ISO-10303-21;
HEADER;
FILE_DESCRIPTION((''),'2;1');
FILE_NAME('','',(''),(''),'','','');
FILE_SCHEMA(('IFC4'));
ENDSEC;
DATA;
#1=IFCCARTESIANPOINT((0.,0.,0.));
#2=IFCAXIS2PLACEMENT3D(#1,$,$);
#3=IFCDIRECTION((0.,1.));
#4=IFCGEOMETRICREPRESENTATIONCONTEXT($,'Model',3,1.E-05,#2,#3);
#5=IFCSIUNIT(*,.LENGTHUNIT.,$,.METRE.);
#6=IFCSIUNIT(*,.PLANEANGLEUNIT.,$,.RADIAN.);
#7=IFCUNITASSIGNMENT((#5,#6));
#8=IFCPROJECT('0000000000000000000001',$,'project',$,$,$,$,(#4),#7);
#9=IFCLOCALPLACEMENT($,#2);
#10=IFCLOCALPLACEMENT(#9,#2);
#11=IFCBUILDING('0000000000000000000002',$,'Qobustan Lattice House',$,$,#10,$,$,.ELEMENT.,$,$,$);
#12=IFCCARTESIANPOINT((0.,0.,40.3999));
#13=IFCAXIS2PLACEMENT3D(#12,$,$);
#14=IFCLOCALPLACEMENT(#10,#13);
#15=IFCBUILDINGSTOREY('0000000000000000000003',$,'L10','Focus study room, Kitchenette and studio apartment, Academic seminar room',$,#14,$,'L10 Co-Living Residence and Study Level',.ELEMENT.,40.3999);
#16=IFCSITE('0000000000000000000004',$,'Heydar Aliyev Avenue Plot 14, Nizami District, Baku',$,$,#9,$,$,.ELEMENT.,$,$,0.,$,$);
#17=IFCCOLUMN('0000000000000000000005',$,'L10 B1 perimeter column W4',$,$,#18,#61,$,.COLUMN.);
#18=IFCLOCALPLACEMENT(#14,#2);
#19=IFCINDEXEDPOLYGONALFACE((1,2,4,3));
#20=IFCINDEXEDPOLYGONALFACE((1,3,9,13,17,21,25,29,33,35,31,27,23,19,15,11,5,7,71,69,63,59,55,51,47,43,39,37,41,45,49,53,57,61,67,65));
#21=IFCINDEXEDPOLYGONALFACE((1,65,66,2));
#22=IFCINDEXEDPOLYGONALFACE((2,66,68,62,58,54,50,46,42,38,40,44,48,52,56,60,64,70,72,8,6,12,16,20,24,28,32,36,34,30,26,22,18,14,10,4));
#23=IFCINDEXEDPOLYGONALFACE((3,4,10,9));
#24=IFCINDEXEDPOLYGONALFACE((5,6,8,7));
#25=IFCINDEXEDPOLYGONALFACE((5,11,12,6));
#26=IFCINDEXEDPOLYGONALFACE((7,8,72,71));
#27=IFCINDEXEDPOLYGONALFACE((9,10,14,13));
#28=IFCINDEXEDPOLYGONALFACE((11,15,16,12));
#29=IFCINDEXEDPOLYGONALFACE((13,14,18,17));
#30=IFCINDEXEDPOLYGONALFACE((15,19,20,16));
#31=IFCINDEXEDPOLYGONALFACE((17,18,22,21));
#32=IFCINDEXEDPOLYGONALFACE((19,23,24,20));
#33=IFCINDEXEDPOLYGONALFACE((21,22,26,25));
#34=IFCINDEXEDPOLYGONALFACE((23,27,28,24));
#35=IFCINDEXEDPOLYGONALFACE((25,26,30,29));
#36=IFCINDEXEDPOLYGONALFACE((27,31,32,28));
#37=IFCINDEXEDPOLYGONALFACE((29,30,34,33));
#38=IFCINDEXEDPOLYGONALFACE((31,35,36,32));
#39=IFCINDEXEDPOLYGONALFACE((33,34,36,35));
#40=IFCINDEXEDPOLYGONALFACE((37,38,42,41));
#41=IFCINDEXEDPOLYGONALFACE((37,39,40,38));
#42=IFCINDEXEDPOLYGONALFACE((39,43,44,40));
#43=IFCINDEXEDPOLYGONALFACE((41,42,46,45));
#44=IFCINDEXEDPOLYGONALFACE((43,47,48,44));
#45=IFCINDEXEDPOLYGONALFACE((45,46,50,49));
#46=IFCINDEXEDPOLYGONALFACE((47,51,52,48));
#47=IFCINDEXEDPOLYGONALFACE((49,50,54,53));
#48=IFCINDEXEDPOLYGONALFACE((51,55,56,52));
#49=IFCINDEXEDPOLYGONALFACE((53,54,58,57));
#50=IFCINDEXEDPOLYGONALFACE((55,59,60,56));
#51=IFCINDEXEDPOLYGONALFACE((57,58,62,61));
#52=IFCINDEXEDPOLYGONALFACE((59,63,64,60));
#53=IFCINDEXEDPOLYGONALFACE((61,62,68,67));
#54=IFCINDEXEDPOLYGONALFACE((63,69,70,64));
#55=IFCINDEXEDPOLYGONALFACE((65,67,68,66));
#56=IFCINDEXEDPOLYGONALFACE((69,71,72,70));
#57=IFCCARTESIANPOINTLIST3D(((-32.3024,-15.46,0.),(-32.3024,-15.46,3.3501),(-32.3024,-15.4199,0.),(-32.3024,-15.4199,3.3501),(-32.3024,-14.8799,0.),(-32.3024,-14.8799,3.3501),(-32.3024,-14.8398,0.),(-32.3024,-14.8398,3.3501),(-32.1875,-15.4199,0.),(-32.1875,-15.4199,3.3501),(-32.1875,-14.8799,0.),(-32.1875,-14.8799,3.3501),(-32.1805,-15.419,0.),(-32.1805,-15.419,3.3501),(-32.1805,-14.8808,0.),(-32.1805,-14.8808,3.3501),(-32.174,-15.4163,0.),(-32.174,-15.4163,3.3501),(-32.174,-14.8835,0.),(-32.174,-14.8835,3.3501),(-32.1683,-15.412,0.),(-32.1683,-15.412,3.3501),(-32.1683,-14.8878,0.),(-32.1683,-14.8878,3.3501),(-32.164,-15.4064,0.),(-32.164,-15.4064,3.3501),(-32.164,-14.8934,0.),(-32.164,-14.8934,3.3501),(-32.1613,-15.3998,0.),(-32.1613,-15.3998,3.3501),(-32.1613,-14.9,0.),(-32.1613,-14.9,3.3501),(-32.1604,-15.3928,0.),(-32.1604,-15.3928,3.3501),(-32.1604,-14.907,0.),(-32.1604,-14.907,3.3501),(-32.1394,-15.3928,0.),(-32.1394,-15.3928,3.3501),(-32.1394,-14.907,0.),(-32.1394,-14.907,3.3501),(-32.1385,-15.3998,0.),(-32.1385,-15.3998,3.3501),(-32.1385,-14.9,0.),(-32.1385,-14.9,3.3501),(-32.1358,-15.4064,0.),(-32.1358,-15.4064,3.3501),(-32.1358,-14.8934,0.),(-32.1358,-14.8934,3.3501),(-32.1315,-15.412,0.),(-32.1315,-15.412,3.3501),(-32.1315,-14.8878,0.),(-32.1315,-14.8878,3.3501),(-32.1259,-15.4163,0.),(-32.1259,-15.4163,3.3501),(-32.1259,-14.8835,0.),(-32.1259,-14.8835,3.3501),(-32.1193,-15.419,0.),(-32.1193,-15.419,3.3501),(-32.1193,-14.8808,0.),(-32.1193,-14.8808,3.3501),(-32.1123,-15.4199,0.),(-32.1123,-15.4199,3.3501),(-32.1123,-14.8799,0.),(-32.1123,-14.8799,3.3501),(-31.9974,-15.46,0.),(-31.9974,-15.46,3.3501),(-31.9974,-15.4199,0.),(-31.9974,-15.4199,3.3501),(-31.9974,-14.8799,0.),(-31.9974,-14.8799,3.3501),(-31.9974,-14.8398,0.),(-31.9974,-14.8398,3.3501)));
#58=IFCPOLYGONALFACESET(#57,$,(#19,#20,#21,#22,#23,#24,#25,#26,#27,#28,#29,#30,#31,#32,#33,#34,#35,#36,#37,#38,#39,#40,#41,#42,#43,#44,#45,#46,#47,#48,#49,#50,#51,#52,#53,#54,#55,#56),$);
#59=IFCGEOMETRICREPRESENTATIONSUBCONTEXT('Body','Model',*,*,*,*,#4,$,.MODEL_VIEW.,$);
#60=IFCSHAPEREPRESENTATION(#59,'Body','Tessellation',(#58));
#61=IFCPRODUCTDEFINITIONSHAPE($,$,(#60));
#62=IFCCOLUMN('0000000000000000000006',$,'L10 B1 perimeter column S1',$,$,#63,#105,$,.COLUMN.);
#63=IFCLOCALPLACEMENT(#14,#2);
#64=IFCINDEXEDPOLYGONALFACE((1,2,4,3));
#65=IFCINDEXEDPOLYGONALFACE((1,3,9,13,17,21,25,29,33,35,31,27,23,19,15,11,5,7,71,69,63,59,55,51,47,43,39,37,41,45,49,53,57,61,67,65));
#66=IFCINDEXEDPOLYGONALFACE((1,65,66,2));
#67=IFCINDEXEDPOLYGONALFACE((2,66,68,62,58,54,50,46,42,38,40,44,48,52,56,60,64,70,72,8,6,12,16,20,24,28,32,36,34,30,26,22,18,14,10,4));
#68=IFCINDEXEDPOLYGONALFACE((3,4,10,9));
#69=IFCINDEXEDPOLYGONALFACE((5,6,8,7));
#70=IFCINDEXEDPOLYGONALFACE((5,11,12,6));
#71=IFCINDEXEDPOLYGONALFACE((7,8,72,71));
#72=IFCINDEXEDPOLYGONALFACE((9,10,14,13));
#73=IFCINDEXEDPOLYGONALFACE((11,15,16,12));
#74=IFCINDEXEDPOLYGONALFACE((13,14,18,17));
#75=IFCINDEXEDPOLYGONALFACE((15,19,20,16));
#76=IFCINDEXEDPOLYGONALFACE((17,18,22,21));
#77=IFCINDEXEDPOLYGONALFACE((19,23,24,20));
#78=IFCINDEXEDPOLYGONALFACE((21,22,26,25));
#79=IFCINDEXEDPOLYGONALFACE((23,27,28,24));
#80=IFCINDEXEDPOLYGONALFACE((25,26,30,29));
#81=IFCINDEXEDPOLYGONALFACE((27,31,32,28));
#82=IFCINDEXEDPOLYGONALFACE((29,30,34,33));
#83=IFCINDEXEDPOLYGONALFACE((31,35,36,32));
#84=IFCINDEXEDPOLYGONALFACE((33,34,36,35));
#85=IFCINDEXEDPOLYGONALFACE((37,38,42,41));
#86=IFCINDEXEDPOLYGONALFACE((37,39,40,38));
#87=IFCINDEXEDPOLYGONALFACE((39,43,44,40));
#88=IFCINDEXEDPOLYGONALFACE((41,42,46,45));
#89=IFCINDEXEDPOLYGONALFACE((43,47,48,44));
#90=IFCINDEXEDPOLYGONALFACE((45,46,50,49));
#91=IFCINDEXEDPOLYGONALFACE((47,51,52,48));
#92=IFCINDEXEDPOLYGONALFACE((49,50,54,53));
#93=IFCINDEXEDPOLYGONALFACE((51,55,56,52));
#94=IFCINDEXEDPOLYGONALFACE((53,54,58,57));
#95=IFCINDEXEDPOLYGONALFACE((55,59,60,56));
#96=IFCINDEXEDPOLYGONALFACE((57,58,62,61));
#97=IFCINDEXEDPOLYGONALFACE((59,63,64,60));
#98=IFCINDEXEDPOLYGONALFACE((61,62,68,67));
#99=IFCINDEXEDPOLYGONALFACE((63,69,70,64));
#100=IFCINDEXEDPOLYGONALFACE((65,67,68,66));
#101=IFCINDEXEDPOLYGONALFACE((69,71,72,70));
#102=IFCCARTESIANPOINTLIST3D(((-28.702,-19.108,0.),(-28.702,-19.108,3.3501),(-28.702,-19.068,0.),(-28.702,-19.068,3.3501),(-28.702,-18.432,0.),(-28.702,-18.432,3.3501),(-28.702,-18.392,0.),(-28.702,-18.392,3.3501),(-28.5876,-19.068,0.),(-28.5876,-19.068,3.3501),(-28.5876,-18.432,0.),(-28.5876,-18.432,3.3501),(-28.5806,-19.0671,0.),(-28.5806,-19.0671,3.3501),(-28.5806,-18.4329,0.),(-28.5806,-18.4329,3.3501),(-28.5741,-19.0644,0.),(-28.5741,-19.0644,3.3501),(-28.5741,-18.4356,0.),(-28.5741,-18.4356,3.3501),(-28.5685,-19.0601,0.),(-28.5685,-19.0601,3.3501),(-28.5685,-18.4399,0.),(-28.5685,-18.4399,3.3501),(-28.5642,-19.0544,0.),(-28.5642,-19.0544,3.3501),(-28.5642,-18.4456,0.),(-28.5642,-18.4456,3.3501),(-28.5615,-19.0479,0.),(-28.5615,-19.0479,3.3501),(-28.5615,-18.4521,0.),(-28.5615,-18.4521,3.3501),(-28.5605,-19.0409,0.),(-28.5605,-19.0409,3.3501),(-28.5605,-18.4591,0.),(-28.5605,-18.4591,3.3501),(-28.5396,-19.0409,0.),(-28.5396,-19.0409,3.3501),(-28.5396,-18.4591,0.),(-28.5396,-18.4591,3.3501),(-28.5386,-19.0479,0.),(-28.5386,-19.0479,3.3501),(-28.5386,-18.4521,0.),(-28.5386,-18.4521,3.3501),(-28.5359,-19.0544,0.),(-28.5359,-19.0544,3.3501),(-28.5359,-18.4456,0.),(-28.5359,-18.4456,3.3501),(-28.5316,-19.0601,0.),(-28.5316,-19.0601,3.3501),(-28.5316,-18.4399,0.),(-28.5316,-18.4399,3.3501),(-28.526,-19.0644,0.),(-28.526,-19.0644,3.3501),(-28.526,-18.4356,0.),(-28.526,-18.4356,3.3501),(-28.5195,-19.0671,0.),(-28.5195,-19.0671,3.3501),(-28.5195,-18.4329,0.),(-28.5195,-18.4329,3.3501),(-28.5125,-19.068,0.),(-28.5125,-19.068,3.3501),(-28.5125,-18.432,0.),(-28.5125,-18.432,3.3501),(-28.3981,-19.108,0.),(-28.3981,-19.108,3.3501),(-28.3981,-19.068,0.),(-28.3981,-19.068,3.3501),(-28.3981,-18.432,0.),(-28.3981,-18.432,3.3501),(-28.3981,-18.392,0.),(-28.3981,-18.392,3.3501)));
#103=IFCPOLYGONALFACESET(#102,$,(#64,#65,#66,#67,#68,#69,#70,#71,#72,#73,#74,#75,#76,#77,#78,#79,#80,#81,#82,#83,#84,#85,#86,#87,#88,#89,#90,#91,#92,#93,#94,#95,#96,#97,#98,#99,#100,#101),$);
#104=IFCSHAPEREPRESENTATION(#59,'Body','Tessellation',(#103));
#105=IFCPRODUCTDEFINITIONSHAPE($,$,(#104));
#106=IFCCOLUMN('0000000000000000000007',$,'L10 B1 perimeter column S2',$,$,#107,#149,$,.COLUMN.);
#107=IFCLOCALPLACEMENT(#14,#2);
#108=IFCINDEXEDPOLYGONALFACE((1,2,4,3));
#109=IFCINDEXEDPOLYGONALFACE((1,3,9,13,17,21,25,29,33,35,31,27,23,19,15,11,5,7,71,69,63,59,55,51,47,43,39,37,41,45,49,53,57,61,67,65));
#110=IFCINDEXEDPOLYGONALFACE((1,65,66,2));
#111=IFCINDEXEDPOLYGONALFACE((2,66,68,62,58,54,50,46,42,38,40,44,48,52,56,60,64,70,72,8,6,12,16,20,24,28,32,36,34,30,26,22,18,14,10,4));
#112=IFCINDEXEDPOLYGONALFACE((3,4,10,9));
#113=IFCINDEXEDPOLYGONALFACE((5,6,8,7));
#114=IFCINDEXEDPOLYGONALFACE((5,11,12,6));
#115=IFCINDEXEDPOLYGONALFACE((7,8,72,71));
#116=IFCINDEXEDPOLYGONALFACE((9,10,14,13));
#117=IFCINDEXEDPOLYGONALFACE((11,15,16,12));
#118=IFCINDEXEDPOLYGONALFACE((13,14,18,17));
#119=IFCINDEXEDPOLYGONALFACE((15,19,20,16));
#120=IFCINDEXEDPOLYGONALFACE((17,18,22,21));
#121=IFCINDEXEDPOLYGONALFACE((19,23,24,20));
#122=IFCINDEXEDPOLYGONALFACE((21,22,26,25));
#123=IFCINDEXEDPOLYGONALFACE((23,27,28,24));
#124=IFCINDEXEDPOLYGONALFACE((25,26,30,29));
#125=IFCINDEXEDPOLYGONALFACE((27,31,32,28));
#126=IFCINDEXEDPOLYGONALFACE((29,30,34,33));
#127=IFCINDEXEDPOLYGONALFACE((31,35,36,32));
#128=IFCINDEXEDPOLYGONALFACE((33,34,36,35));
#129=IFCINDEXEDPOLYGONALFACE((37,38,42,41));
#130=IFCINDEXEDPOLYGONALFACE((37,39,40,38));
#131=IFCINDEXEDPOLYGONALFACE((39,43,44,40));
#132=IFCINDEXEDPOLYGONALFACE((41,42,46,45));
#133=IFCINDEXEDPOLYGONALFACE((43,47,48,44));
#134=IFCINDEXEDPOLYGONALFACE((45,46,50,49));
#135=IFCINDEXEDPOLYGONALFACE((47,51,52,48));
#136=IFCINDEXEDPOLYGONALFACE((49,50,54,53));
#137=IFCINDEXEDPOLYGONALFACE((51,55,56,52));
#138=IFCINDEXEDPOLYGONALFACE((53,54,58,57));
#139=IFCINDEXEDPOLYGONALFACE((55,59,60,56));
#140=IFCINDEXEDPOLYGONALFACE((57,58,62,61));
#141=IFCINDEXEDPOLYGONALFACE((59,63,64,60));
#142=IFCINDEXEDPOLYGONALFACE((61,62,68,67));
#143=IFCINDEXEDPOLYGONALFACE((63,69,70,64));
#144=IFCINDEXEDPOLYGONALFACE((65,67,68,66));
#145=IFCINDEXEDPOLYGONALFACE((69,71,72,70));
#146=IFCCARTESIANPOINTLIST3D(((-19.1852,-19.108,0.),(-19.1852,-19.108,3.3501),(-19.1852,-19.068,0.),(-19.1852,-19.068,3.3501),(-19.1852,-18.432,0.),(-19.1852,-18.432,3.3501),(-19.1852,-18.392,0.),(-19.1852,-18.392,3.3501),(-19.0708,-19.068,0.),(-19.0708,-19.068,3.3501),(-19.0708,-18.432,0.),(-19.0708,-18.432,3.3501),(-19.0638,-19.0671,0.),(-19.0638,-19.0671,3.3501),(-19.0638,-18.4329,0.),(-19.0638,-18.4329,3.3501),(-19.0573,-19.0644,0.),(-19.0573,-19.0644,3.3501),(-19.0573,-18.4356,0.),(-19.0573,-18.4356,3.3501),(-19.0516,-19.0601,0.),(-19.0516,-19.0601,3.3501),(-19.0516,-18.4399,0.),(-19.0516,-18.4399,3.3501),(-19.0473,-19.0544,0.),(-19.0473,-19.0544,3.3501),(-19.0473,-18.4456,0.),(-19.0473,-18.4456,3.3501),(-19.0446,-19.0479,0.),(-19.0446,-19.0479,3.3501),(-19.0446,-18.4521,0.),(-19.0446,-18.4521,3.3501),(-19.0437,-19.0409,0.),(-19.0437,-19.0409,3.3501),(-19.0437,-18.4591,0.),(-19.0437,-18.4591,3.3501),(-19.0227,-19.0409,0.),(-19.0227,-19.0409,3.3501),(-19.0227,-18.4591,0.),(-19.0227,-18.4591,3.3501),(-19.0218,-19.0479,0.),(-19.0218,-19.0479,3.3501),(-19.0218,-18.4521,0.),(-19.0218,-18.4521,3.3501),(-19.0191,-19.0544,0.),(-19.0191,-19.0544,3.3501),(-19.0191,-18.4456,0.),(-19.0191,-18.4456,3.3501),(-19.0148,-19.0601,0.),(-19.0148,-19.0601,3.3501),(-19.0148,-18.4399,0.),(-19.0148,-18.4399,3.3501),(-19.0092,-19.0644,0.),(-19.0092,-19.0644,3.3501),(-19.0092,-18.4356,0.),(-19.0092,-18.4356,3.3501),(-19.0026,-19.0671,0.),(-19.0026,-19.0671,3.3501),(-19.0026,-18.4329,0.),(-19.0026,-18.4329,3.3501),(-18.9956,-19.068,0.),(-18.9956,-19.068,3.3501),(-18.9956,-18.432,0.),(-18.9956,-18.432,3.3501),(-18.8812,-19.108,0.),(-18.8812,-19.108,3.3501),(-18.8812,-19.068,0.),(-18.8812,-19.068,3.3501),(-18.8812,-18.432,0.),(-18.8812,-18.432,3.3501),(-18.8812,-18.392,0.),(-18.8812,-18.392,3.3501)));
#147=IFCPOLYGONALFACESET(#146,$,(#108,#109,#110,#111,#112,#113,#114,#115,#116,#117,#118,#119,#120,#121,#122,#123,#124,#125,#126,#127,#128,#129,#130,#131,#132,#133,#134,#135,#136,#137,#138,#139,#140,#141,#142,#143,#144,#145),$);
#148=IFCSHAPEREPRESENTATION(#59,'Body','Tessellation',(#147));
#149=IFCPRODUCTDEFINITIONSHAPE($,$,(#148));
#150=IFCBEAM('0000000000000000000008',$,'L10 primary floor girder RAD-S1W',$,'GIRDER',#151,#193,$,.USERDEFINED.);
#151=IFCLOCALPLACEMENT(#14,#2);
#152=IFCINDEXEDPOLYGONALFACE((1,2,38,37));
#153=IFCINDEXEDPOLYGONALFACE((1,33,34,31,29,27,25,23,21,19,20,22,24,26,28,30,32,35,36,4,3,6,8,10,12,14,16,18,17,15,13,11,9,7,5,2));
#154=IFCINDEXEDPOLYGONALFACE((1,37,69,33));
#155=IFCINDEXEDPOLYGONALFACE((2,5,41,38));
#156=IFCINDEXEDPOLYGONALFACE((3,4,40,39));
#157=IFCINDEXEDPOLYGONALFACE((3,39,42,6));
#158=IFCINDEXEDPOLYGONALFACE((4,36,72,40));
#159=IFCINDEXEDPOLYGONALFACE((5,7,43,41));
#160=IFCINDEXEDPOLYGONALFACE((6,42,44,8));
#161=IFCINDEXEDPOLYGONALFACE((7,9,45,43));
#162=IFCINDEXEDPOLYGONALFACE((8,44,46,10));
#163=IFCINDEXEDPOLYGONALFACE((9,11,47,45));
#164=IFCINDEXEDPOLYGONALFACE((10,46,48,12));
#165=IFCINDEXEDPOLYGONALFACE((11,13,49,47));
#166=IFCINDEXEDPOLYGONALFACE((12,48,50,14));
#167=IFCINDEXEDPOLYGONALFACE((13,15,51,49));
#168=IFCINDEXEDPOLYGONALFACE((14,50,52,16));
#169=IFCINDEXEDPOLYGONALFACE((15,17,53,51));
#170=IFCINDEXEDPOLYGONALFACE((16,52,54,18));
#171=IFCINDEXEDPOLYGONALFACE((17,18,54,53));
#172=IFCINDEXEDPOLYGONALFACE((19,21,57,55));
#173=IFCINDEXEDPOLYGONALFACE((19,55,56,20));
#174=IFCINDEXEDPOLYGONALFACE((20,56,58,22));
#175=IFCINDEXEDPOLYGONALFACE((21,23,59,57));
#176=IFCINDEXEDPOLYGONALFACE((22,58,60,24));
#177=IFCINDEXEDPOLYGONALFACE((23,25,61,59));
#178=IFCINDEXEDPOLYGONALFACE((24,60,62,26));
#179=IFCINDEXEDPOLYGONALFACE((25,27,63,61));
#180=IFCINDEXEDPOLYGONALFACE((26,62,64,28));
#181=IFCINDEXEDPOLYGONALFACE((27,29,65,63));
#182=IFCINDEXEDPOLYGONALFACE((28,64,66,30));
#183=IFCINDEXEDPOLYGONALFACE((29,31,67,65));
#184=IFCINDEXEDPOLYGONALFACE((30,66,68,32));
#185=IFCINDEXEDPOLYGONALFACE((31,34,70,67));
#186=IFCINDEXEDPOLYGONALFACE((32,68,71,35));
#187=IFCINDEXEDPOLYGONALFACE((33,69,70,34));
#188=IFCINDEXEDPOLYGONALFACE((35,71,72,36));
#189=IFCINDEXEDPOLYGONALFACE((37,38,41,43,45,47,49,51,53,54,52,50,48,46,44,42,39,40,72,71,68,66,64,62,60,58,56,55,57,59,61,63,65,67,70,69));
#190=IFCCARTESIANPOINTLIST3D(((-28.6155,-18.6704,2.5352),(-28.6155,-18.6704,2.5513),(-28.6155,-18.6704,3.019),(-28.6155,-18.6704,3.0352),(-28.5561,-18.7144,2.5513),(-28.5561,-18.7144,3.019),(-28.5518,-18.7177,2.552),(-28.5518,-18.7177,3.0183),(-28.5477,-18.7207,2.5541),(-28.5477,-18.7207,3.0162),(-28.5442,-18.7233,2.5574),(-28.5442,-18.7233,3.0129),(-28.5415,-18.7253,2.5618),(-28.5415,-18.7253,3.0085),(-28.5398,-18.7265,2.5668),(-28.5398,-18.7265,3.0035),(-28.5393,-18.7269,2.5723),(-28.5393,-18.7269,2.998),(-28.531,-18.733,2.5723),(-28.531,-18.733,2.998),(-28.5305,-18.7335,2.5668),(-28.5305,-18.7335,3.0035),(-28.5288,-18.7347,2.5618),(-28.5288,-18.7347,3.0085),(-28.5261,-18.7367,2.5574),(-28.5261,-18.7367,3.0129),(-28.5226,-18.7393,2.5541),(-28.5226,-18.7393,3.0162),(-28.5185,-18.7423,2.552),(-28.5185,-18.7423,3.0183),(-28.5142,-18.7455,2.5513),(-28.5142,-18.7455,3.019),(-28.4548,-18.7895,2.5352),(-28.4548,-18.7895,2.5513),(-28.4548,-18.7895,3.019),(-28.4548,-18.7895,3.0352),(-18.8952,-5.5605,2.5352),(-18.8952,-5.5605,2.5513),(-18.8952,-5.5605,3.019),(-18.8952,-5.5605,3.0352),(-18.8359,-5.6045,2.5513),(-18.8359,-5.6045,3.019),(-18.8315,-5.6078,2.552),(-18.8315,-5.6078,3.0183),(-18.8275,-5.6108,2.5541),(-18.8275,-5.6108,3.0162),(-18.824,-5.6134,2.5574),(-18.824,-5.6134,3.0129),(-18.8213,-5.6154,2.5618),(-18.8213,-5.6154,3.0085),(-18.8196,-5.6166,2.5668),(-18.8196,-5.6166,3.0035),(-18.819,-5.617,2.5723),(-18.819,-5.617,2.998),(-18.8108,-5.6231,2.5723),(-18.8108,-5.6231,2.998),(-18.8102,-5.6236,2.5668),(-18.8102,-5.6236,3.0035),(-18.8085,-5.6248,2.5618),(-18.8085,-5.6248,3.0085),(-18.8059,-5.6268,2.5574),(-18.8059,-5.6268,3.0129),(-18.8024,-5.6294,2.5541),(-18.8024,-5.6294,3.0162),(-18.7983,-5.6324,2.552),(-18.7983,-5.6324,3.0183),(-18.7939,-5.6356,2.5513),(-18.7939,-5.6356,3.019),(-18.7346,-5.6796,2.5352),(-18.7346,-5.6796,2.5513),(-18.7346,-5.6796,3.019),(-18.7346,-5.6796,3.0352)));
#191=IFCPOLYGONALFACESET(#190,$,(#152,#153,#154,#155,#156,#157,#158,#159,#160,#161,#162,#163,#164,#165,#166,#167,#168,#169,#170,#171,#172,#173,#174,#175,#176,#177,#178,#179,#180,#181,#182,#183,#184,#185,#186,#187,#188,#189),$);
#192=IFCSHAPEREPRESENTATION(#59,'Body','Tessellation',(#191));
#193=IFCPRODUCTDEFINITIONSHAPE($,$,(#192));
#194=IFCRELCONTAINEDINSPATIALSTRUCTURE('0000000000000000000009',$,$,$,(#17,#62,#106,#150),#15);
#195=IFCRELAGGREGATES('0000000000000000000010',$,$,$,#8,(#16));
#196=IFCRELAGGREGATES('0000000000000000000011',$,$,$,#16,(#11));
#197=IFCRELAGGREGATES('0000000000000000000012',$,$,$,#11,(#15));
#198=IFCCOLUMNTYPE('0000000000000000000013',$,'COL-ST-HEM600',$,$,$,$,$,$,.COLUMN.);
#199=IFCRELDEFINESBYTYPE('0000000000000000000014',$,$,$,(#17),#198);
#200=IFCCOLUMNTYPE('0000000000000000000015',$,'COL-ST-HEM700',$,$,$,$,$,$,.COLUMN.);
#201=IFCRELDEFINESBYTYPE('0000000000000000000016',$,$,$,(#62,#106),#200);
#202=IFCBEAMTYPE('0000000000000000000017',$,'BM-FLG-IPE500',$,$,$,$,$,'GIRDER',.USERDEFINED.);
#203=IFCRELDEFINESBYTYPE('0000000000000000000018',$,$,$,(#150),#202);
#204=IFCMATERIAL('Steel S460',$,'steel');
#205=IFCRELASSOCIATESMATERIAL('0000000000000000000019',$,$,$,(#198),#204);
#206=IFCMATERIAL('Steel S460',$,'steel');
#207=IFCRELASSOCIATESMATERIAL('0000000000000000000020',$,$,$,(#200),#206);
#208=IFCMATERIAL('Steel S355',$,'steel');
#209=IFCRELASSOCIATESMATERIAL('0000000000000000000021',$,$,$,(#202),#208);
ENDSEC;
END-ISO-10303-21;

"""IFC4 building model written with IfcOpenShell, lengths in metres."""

from ifc_helpers import new_model, si_unit, direction, frame, origin, origin_2d, place, context, subcontext, project, spatial, i_section, extrude, material, material_profile, profile_set, type_object, element, save


model = new_model("IFC4")

# Units and contexts
model_context = context("Model", 3, precision=1e-05, world=origin(), true_north=direction((0.0, 1.0)))
body_context = subcontext(model_context, "Body", "Model", "MODEL_VIEW")
ifc_project = project(units=[si_unit("LENGTHUNIT", "METRE"), si_unit("PLANEANGLEUNIT", "RADIAN")], contexts=[model_context])

# Site, building, storey
site_placement = place(None, origin())
site = spatial("IfcSite", under=ifc_project, at=site_placement, Name="Heydar Aliyev Avenue Plot 14, Nizami District, Baku", CompositionType="ELEMENT", RefElevation=0.0)
building_placement = place(site_placement, origin())
building = spatial("IfcBuilding", under=site, at=building_placement, Name="Qobustan Lattice House", CompositionType="ELEMENT")
storey_placement = place(building_placement, frame((0.0, 0.0, 40.3999)))
storey = spatial("IfcBuildingStorey", under=building, at=storey_placement, Name="L10", Description="Focus study room, Kitchenette and studio apartment, Academic seminar room", LongName="L10 Co-Living Residence and Study Level", CompositionType="ELEMENT", Elevation=40.3999)

# Columns
ifc_material_1 = material(Name="Steel S460", Category="steel")
ifc_material_profile_1 = material_profile(ifc_material_1, i_section(OverallWidth=0.3049, OverallDepth=0.6201, WebThickness=0.021, FlangeThickness=0.04, FilletRadius=0.0271, at=origin_2d()), Name="HEM600")
ifc_profile_set_1 = profile_set([ifc_material_profile_1], Name="Steel S460")
column_type_1 = type_object("IfcColumnType", Name="COL-ST-HEM600", PredefinedType="COLUMN", material=ifc_profile_set_1)
column_placement = place(storey_placement, frame((-32.1499, -15.1499, 0.0), z_axis=(0.0, 0.0, 1.0), x_axis=(1.0, 0.0, 0.0)))
element("IfcColumn", 1, at=column_placement, inside=storey, type_object=column_type_1, Name="L10 B1 perimeter column W4", PredefinedType="COLUMN", context=body_context, shape_type="SweptSolid", body=[
    extrude(i_section(OverallWidth=0.3049, OverallDepth=0.6201, WebThickness=0.021, FlangeThickness=0.04, FilletRadius=0.0271, at=origin_2d()), origin(), (0.0, 0.0, 1.0), 3.3501),
])
ifc_material_2 = material(Name="Steel S460", Category="steel")
ifc_material_profile_2 = material_profile(ifc_material_2, i_section(OverallWidth=0.304, OverallDepth=0.7161, WebThickness=0.021, FlangeThickness=0.04, FilletRadius=0.0271, at=origin_2d()), Name="HEM700")
ifc_profile_set_2 = profile_set([ifc_material_profile_2], Name="Steel S460")
column_type_2 = type_object("IfcColumnType", Name="COL-ST-HEM700", PredefinedType="COLUMN", material=ifc_profile_set_2)
for number, where, z_axis, x_axis, name in (
    (2, (-28.55, -18.75, 0.0), (0.0, 0.0, 1.0), (1.0, 0.0, 0.0), "L10 B1 perimeter column S1"),
    (3, (-19.0332, -18.75, 0.0), (0.0, 0.0, 1.0), (1.0, 0.0, 0.0), "L10 B1 perimeter column S2"),
):
    element("IfcColumn", number, at=place(storey_placement, frame(where, z_axis=z_axis, x_axis=x_axis)), inside=storey, type_object=column_type_2, Name=name, PredefinedType="COLUMN", context=body_context, shape_type="SweptSolid", body=[
        extrude(i_section(OverallWidth=0.304, OverallDepth=0.7161, WebThickness=0.021, FlangeThickness=0.04, FilletRadius=0.0271, at=origin_2d()), origin(), (0.0, 0.0, 1.0), 3.3501),
    ])

# Beam
ifc_material_3 = material(Name="Steel S355", Category="steel")
ifc_material_profile_3 = material_profile(ifc_material_3, i_section(OverallWidth=0.2, OverallDepth=0.5, WebThickness=0.0103, FlangeThickness=0.0161, FilletRadius=0.021, at=origin_2d()), Name="IPE500")
ifc_profile_set_3 = profile_set([ifc_material_profile_3], Name="Steel S355")
beam_type_1 = type_object("IfcBeamType", Name="BM-FLG-IPE500", ElementType="GIRDER", PredefinedType="USERDEFINED", material=ifc_profile_set_3)
beam_1_placement = place(storey_placement, frame((-28.5352, -18.73, 2.7852), z_axis=(0.595592, 0.803287, 0.0), x_axis=(-0.803287, 0.595592, 0.0)))
element("IfcBeam", 4, at=beam_1_placement, inside=storey, type_object=beam_type_1, Name="L10 primary floor girder RAD-S1W", ObjectType="GIRDER", PredefinedType="USERDEFINED", context=body_context, shape_type="SweptSolid", body=[
    extrude(i_section(OverallWidth=0.2, OverallDepth=0.5, WebThickness=0.0103, FlangeThickness=0.0161, FilletRadius=0.021, at=origin_2d()), origin(), (0.0, 0.0, 1.0), 16.3203),
])

save(model, "model.ifc")
